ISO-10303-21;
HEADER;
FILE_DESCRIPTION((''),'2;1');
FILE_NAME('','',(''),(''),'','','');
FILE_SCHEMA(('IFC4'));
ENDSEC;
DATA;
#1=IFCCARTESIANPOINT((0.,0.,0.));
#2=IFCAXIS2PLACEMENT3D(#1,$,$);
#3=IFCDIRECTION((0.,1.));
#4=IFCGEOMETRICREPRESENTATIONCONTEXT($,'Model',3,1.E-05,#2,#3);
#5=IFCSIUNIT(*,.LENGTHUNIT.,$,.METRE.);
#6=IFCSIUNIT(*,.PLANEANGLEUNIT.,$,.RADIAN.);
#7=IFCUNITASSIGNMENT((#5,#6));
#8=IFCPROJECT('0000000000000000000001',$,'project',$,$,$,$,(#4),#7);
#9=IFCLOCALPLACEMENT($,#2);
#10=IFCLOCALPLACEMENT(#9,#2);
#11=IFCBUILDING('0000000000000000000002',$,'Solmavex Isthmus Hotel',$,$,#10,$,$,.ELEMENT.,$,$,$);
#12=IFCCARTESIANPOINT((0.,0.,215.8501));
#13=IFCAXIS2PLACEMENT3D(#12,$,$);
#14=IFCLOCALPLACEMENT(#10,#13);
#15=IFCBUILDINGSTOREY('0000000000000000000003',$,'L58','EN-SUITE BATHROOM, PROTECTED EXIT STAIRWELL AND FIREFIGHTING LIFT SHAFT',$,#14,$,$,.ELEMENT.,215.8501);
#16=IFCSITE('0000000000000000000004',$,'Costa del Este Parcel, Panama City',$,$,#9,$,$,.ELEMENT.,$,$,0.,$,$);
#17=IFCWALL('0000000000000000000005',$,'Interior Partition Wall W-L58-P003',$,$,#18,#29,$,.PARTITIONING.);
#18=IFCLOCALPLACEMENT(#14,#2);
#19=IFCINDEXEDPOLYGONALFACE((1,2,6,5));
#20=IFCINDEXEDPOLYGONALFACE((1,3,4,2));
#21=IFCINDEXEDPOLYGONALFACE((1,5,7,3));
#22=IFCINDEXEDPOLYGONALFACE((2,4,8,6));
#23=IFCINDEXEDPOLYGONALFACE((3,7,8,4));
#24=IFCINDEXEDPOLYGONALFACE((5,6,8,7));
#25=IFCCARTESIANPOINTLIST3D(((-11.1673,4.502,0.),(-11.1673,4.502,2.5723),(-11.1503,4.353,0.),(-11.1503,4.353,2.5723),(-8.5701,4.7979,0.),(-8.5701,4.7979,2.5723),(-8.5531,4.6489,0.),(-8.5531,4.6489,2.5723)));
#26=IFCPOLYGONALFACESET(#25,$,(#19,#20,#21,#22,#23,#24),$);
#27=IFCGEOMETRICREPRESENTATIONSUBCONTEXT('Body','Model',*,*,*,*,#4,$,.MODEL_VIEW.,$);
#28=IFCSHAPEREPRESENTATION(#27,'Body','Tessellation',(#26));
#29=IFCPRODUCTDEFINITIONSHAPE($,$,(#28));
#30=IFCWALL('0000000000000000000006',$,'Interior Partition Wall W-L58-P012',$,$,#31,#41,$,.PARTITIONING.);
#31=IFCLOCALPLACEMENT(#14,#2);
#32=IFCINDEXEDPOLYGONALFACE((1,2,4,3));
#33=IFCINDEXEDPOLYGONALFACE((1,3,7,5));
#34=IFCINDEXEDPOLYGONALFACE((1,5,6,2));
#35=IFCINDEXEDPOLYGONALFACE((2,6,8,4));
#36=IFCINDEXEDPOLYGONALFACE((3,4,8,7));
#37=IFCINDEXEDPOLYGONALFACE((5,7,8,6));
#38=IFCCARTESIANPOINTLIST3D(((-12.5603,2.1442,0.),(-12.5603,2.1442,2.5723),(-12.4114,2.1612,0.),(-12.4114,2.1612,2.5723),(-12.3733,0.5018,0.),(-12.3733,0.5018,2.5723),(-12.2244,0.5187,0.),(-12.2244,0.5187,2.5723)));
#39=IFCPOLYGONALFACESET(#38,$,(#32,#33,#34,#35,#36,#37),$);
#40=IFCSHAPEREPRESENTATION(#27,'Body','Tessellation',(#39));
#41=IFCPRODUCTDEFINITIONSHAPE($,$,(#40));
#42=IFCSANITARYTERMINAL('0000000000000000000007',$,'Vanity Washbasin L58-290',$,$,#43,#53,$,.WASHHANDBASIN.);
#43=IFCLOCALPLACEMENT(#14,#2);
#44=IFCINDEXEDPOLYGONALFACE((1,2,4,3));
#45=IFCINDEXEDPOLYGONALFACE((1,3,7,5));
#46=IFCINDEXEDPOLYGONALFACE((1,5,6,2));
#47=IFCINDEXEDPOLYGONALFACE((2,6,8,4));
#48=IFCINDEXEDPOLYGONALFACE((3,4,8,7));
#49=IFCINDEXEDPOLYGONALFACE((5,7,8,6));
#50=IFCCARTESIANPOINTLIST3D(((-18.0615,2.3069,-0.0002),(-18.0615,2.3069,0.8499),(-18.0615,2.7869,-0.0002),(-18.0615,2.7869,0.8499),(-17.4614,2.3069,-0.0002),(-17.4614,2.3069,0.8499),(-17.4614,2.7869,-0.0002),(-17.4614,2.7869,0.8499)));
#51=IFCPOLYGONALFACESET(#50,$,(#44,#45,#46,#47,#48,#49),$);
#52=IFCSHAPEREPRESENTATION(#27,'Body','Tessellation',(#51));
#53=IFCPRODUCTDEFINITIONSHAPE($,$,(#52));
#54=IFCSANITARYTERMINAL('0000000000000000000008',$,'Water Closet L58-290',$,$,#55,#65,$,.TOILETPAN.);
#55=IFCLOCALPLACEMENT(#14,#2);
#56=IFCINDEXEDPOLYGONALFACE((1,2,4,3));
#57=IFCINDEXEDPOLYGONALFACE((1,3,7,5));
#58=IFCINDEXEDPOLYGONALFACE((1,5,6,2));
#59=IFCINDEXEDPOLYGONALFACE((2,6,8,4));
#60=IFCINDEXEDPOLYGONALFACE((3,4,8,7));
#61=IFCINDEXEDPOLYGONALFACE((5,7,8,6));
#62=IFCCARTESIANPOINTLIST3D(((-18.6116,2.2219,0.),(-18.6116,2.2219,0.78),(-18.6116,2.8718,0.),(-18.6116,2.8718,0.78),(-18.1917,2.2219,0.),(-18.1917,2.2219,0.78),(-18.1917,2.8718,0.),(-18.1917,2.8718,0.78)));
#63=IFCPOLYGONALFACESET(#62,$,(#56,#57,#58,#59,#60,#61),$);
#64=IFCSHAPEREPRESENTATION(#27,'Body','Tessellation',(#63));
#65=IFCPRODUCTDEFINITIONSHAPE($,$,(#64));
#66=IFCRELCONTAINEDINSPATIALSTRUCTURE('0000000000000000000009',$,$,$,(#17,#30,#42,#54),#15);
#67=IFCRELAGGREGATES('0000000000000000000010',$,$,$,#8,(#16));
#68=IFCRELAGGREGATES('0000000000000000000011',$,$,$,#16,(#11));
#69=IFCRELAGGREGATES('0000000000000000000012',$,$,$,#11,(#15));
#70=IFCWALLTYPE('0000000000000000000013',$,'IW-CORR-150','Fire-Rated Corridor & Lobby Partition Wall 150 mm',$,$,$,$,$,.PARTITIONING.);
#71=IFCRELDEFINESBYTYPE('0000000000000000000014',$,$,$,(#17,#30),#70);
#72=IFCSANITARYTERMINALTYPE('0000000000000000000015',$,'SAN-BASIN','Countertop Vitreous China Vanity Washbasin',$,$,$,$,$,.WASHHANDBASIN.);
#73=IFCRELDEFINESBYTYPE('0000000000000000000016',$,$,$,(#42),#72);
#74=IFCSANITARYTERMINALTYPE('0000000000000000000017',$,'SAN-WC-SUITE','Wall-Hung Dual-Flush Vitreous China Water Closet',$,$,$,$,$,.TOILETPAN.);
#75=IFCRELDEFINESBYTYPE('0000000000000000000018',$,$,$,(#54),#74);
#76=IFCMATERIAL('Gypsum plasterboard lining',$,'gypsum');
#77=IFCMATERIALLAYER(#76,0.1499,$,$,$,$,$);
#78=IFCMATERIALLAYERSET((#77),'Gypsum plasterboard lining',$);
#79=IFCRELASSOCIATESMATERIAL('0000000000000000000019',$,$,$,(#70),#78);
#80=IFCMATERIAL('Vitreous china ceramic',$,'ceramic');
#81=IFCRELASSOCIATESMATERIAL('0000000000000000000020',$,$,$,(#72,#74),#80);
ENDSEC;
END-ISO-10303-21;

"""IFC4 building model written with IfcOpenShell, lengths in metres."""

from ifc_helpers import new_model, si_unit, direction, frame, frame_2d, origin, origin_2d, place, context, subcontext, project, spatial, rectangle, extrude, material, layer, layer_set, type_object, element, save


model = new_model("IFC4")

# Units and contexts
model_context = context("Model", 3, precision=1e-05, world=origin(), true_north=direction((0.0, 1.0)))
body_context = subcontext(model_context, "Body", "Model", "MODEL_VIEW")
ifc_project = project(units=[si_unit("LENGTHUNIT", "METRE"), si_unit("PLANEANGLEUNIT", "RADIAN")], contexts=[model_context])

# Site, building, storey
site_placement = place(None, origin())
site = spatial("IfcSite", under=ifc_project, at=site_placement, Name="Costa del Este Parcel, Panama City", CompositionType="ELEMENT", RefElevation=0.0)
building_placement = place(site_placement, origin())
building = spatial("IfcBuilding", under=site, at=building_placement, Name="Solmavex Isthmus Hotel", CompositionType="ELEMENT")
storey_placement = place(building_placement, frame((0.0, 0.0, 215.8501)))
storey = spatial("IfcBuildingStorey", under=building, at=storey_placement, Name="L58", Description="EN-SUITE BATHROOM, PROTECTED EXIT STAIRWELL AND FIREFIGHTING LIFT SHAFT", CompositionType="ELEMENT", Elevation=215.8501)

# Shared definitions
ifc_material_1 = material(Name="Gypsum plasterboard lining", Category="gypsum")

# Shared definitions
ifc_layer_1 = layer(ifc_material_1, 0.1499)
ifc_layer_set_1 = layer_set([ifc_layer_1], Name="Gypsum plasterboard lining")
wall_type_1 = type_object("IfcWallType", Name="IW-CORR-150", Description="Fire-Rated Corridor & Lobby Partition Wall 150 mm", PredefinedType="PARTITIONING", material=ifc_layer_set_1)

# Walls
wall_1_placement = place(storey_placement, frame((-11.1589, 4.4275, 0.0), z_axis=(0.0, 0.0, 1.0), x_axis=(0.993572, 0.113199, 0.0)))
element("IfcWall", 1, at=wall_1_placement, inside=storey, type_object=wall_type_1, Name="Interior Partition Wall W-L58-P003", PredefinedType="PARTITIONING", context=body_context, shape_type="SweptSolid", body=[
    extrude(rectangle(XDim=2.614, YDim=0.1499, at=frame_2d((1.3071, 0.0))), origin(), (0.0, 0.0, 1.0), 2.5723),
])
wall_2_placement = place(storey_placement, frame((-12.4858, 2.1528, 0.0), z_axis=(0.0, 0.0, 1.0), x_axis=(0.113122, -0.993581, 0.0)))
element("IfcWall", 2, at=wall_2_placement, inside=storey, type_object=wall_type_1, Name="Interior Partition Wall W-L58-P012", PredefinedType="PARTITIONING", context=body_context, shape_type="SweptSolid", body=[
    extrude(rectangle(XDim=1.6531, YDim=0.1499, at=frame_2d((0.8267, 0.0))), origin(), (0.0, 0.0, 1.0), 2.5723),
])

# Sanitary terminals
ifc_material_2 = material(Name="Vitreous china ceramic", Category="ceramic")
sanitary_terminal_type_1 = type_object("IfcSanitaryTerminalType", Name="SAN-BASIN", Description="Countertop Vitreous China Vanity Washbasin", PredefinedType="WASHHANDBASIN", material=ifc_material_2)
sanitary_terminal_1_placement = place(storey_placement, frame((-17.7615, 2.5469, -0.0002), z_axis=(0.0, 0.0, 1.0), x_axis=(1.0, 0.0, 0.0)))
element("IfcSanitaryTerminal", 3, at=sanitary_terminal_1_placement, inside=storey, type_object=sanitary_terminal_type_1, Name="Vanity Washbasin L58-290", PredefinedType="WASHHANDBASIN", context=body_context, shape_type="SweptSolid", body=[
    extrude(rectangle(XDim=0.6001, YDim=0.48, at=origin_2d()), origin(), (0.0, 0.0, 1.0), 0.8501),
])
sanitary_terminal_type_2 = type_object("IfcSanitaryTerminalType", Name="SAN-WC-SUITE", Description="Wall-Hung Dual-Flush Vitreous China Water Closet", PredefinedType="TOILETPAN", material=ifc_material_2)
sanitary_terminal_2_placement = place(storey_placement, frame((-18.4016, 2.5469, 0.0), z_axis=(0.0, 0.0, 1.0), x_axis=(1.0, 0.0, 0.0)))
element("IfcSanitaryTerminal", 4, at=sanitary_terminal_2_placement, inside=storey, type_object=sanitary_terminal_type_2, Name="Water Closet L58-290", PredefinedType="TOILETPAN", context=body_context, shape_type="SweptSolid", body=[
    extrude(rectangle(XDim=0.4199, YDim=0.6499, at=origin_2d()), origin(), (0.0, 0.0, 1.0), 0.78),
])

save(model, "model.ifc")
